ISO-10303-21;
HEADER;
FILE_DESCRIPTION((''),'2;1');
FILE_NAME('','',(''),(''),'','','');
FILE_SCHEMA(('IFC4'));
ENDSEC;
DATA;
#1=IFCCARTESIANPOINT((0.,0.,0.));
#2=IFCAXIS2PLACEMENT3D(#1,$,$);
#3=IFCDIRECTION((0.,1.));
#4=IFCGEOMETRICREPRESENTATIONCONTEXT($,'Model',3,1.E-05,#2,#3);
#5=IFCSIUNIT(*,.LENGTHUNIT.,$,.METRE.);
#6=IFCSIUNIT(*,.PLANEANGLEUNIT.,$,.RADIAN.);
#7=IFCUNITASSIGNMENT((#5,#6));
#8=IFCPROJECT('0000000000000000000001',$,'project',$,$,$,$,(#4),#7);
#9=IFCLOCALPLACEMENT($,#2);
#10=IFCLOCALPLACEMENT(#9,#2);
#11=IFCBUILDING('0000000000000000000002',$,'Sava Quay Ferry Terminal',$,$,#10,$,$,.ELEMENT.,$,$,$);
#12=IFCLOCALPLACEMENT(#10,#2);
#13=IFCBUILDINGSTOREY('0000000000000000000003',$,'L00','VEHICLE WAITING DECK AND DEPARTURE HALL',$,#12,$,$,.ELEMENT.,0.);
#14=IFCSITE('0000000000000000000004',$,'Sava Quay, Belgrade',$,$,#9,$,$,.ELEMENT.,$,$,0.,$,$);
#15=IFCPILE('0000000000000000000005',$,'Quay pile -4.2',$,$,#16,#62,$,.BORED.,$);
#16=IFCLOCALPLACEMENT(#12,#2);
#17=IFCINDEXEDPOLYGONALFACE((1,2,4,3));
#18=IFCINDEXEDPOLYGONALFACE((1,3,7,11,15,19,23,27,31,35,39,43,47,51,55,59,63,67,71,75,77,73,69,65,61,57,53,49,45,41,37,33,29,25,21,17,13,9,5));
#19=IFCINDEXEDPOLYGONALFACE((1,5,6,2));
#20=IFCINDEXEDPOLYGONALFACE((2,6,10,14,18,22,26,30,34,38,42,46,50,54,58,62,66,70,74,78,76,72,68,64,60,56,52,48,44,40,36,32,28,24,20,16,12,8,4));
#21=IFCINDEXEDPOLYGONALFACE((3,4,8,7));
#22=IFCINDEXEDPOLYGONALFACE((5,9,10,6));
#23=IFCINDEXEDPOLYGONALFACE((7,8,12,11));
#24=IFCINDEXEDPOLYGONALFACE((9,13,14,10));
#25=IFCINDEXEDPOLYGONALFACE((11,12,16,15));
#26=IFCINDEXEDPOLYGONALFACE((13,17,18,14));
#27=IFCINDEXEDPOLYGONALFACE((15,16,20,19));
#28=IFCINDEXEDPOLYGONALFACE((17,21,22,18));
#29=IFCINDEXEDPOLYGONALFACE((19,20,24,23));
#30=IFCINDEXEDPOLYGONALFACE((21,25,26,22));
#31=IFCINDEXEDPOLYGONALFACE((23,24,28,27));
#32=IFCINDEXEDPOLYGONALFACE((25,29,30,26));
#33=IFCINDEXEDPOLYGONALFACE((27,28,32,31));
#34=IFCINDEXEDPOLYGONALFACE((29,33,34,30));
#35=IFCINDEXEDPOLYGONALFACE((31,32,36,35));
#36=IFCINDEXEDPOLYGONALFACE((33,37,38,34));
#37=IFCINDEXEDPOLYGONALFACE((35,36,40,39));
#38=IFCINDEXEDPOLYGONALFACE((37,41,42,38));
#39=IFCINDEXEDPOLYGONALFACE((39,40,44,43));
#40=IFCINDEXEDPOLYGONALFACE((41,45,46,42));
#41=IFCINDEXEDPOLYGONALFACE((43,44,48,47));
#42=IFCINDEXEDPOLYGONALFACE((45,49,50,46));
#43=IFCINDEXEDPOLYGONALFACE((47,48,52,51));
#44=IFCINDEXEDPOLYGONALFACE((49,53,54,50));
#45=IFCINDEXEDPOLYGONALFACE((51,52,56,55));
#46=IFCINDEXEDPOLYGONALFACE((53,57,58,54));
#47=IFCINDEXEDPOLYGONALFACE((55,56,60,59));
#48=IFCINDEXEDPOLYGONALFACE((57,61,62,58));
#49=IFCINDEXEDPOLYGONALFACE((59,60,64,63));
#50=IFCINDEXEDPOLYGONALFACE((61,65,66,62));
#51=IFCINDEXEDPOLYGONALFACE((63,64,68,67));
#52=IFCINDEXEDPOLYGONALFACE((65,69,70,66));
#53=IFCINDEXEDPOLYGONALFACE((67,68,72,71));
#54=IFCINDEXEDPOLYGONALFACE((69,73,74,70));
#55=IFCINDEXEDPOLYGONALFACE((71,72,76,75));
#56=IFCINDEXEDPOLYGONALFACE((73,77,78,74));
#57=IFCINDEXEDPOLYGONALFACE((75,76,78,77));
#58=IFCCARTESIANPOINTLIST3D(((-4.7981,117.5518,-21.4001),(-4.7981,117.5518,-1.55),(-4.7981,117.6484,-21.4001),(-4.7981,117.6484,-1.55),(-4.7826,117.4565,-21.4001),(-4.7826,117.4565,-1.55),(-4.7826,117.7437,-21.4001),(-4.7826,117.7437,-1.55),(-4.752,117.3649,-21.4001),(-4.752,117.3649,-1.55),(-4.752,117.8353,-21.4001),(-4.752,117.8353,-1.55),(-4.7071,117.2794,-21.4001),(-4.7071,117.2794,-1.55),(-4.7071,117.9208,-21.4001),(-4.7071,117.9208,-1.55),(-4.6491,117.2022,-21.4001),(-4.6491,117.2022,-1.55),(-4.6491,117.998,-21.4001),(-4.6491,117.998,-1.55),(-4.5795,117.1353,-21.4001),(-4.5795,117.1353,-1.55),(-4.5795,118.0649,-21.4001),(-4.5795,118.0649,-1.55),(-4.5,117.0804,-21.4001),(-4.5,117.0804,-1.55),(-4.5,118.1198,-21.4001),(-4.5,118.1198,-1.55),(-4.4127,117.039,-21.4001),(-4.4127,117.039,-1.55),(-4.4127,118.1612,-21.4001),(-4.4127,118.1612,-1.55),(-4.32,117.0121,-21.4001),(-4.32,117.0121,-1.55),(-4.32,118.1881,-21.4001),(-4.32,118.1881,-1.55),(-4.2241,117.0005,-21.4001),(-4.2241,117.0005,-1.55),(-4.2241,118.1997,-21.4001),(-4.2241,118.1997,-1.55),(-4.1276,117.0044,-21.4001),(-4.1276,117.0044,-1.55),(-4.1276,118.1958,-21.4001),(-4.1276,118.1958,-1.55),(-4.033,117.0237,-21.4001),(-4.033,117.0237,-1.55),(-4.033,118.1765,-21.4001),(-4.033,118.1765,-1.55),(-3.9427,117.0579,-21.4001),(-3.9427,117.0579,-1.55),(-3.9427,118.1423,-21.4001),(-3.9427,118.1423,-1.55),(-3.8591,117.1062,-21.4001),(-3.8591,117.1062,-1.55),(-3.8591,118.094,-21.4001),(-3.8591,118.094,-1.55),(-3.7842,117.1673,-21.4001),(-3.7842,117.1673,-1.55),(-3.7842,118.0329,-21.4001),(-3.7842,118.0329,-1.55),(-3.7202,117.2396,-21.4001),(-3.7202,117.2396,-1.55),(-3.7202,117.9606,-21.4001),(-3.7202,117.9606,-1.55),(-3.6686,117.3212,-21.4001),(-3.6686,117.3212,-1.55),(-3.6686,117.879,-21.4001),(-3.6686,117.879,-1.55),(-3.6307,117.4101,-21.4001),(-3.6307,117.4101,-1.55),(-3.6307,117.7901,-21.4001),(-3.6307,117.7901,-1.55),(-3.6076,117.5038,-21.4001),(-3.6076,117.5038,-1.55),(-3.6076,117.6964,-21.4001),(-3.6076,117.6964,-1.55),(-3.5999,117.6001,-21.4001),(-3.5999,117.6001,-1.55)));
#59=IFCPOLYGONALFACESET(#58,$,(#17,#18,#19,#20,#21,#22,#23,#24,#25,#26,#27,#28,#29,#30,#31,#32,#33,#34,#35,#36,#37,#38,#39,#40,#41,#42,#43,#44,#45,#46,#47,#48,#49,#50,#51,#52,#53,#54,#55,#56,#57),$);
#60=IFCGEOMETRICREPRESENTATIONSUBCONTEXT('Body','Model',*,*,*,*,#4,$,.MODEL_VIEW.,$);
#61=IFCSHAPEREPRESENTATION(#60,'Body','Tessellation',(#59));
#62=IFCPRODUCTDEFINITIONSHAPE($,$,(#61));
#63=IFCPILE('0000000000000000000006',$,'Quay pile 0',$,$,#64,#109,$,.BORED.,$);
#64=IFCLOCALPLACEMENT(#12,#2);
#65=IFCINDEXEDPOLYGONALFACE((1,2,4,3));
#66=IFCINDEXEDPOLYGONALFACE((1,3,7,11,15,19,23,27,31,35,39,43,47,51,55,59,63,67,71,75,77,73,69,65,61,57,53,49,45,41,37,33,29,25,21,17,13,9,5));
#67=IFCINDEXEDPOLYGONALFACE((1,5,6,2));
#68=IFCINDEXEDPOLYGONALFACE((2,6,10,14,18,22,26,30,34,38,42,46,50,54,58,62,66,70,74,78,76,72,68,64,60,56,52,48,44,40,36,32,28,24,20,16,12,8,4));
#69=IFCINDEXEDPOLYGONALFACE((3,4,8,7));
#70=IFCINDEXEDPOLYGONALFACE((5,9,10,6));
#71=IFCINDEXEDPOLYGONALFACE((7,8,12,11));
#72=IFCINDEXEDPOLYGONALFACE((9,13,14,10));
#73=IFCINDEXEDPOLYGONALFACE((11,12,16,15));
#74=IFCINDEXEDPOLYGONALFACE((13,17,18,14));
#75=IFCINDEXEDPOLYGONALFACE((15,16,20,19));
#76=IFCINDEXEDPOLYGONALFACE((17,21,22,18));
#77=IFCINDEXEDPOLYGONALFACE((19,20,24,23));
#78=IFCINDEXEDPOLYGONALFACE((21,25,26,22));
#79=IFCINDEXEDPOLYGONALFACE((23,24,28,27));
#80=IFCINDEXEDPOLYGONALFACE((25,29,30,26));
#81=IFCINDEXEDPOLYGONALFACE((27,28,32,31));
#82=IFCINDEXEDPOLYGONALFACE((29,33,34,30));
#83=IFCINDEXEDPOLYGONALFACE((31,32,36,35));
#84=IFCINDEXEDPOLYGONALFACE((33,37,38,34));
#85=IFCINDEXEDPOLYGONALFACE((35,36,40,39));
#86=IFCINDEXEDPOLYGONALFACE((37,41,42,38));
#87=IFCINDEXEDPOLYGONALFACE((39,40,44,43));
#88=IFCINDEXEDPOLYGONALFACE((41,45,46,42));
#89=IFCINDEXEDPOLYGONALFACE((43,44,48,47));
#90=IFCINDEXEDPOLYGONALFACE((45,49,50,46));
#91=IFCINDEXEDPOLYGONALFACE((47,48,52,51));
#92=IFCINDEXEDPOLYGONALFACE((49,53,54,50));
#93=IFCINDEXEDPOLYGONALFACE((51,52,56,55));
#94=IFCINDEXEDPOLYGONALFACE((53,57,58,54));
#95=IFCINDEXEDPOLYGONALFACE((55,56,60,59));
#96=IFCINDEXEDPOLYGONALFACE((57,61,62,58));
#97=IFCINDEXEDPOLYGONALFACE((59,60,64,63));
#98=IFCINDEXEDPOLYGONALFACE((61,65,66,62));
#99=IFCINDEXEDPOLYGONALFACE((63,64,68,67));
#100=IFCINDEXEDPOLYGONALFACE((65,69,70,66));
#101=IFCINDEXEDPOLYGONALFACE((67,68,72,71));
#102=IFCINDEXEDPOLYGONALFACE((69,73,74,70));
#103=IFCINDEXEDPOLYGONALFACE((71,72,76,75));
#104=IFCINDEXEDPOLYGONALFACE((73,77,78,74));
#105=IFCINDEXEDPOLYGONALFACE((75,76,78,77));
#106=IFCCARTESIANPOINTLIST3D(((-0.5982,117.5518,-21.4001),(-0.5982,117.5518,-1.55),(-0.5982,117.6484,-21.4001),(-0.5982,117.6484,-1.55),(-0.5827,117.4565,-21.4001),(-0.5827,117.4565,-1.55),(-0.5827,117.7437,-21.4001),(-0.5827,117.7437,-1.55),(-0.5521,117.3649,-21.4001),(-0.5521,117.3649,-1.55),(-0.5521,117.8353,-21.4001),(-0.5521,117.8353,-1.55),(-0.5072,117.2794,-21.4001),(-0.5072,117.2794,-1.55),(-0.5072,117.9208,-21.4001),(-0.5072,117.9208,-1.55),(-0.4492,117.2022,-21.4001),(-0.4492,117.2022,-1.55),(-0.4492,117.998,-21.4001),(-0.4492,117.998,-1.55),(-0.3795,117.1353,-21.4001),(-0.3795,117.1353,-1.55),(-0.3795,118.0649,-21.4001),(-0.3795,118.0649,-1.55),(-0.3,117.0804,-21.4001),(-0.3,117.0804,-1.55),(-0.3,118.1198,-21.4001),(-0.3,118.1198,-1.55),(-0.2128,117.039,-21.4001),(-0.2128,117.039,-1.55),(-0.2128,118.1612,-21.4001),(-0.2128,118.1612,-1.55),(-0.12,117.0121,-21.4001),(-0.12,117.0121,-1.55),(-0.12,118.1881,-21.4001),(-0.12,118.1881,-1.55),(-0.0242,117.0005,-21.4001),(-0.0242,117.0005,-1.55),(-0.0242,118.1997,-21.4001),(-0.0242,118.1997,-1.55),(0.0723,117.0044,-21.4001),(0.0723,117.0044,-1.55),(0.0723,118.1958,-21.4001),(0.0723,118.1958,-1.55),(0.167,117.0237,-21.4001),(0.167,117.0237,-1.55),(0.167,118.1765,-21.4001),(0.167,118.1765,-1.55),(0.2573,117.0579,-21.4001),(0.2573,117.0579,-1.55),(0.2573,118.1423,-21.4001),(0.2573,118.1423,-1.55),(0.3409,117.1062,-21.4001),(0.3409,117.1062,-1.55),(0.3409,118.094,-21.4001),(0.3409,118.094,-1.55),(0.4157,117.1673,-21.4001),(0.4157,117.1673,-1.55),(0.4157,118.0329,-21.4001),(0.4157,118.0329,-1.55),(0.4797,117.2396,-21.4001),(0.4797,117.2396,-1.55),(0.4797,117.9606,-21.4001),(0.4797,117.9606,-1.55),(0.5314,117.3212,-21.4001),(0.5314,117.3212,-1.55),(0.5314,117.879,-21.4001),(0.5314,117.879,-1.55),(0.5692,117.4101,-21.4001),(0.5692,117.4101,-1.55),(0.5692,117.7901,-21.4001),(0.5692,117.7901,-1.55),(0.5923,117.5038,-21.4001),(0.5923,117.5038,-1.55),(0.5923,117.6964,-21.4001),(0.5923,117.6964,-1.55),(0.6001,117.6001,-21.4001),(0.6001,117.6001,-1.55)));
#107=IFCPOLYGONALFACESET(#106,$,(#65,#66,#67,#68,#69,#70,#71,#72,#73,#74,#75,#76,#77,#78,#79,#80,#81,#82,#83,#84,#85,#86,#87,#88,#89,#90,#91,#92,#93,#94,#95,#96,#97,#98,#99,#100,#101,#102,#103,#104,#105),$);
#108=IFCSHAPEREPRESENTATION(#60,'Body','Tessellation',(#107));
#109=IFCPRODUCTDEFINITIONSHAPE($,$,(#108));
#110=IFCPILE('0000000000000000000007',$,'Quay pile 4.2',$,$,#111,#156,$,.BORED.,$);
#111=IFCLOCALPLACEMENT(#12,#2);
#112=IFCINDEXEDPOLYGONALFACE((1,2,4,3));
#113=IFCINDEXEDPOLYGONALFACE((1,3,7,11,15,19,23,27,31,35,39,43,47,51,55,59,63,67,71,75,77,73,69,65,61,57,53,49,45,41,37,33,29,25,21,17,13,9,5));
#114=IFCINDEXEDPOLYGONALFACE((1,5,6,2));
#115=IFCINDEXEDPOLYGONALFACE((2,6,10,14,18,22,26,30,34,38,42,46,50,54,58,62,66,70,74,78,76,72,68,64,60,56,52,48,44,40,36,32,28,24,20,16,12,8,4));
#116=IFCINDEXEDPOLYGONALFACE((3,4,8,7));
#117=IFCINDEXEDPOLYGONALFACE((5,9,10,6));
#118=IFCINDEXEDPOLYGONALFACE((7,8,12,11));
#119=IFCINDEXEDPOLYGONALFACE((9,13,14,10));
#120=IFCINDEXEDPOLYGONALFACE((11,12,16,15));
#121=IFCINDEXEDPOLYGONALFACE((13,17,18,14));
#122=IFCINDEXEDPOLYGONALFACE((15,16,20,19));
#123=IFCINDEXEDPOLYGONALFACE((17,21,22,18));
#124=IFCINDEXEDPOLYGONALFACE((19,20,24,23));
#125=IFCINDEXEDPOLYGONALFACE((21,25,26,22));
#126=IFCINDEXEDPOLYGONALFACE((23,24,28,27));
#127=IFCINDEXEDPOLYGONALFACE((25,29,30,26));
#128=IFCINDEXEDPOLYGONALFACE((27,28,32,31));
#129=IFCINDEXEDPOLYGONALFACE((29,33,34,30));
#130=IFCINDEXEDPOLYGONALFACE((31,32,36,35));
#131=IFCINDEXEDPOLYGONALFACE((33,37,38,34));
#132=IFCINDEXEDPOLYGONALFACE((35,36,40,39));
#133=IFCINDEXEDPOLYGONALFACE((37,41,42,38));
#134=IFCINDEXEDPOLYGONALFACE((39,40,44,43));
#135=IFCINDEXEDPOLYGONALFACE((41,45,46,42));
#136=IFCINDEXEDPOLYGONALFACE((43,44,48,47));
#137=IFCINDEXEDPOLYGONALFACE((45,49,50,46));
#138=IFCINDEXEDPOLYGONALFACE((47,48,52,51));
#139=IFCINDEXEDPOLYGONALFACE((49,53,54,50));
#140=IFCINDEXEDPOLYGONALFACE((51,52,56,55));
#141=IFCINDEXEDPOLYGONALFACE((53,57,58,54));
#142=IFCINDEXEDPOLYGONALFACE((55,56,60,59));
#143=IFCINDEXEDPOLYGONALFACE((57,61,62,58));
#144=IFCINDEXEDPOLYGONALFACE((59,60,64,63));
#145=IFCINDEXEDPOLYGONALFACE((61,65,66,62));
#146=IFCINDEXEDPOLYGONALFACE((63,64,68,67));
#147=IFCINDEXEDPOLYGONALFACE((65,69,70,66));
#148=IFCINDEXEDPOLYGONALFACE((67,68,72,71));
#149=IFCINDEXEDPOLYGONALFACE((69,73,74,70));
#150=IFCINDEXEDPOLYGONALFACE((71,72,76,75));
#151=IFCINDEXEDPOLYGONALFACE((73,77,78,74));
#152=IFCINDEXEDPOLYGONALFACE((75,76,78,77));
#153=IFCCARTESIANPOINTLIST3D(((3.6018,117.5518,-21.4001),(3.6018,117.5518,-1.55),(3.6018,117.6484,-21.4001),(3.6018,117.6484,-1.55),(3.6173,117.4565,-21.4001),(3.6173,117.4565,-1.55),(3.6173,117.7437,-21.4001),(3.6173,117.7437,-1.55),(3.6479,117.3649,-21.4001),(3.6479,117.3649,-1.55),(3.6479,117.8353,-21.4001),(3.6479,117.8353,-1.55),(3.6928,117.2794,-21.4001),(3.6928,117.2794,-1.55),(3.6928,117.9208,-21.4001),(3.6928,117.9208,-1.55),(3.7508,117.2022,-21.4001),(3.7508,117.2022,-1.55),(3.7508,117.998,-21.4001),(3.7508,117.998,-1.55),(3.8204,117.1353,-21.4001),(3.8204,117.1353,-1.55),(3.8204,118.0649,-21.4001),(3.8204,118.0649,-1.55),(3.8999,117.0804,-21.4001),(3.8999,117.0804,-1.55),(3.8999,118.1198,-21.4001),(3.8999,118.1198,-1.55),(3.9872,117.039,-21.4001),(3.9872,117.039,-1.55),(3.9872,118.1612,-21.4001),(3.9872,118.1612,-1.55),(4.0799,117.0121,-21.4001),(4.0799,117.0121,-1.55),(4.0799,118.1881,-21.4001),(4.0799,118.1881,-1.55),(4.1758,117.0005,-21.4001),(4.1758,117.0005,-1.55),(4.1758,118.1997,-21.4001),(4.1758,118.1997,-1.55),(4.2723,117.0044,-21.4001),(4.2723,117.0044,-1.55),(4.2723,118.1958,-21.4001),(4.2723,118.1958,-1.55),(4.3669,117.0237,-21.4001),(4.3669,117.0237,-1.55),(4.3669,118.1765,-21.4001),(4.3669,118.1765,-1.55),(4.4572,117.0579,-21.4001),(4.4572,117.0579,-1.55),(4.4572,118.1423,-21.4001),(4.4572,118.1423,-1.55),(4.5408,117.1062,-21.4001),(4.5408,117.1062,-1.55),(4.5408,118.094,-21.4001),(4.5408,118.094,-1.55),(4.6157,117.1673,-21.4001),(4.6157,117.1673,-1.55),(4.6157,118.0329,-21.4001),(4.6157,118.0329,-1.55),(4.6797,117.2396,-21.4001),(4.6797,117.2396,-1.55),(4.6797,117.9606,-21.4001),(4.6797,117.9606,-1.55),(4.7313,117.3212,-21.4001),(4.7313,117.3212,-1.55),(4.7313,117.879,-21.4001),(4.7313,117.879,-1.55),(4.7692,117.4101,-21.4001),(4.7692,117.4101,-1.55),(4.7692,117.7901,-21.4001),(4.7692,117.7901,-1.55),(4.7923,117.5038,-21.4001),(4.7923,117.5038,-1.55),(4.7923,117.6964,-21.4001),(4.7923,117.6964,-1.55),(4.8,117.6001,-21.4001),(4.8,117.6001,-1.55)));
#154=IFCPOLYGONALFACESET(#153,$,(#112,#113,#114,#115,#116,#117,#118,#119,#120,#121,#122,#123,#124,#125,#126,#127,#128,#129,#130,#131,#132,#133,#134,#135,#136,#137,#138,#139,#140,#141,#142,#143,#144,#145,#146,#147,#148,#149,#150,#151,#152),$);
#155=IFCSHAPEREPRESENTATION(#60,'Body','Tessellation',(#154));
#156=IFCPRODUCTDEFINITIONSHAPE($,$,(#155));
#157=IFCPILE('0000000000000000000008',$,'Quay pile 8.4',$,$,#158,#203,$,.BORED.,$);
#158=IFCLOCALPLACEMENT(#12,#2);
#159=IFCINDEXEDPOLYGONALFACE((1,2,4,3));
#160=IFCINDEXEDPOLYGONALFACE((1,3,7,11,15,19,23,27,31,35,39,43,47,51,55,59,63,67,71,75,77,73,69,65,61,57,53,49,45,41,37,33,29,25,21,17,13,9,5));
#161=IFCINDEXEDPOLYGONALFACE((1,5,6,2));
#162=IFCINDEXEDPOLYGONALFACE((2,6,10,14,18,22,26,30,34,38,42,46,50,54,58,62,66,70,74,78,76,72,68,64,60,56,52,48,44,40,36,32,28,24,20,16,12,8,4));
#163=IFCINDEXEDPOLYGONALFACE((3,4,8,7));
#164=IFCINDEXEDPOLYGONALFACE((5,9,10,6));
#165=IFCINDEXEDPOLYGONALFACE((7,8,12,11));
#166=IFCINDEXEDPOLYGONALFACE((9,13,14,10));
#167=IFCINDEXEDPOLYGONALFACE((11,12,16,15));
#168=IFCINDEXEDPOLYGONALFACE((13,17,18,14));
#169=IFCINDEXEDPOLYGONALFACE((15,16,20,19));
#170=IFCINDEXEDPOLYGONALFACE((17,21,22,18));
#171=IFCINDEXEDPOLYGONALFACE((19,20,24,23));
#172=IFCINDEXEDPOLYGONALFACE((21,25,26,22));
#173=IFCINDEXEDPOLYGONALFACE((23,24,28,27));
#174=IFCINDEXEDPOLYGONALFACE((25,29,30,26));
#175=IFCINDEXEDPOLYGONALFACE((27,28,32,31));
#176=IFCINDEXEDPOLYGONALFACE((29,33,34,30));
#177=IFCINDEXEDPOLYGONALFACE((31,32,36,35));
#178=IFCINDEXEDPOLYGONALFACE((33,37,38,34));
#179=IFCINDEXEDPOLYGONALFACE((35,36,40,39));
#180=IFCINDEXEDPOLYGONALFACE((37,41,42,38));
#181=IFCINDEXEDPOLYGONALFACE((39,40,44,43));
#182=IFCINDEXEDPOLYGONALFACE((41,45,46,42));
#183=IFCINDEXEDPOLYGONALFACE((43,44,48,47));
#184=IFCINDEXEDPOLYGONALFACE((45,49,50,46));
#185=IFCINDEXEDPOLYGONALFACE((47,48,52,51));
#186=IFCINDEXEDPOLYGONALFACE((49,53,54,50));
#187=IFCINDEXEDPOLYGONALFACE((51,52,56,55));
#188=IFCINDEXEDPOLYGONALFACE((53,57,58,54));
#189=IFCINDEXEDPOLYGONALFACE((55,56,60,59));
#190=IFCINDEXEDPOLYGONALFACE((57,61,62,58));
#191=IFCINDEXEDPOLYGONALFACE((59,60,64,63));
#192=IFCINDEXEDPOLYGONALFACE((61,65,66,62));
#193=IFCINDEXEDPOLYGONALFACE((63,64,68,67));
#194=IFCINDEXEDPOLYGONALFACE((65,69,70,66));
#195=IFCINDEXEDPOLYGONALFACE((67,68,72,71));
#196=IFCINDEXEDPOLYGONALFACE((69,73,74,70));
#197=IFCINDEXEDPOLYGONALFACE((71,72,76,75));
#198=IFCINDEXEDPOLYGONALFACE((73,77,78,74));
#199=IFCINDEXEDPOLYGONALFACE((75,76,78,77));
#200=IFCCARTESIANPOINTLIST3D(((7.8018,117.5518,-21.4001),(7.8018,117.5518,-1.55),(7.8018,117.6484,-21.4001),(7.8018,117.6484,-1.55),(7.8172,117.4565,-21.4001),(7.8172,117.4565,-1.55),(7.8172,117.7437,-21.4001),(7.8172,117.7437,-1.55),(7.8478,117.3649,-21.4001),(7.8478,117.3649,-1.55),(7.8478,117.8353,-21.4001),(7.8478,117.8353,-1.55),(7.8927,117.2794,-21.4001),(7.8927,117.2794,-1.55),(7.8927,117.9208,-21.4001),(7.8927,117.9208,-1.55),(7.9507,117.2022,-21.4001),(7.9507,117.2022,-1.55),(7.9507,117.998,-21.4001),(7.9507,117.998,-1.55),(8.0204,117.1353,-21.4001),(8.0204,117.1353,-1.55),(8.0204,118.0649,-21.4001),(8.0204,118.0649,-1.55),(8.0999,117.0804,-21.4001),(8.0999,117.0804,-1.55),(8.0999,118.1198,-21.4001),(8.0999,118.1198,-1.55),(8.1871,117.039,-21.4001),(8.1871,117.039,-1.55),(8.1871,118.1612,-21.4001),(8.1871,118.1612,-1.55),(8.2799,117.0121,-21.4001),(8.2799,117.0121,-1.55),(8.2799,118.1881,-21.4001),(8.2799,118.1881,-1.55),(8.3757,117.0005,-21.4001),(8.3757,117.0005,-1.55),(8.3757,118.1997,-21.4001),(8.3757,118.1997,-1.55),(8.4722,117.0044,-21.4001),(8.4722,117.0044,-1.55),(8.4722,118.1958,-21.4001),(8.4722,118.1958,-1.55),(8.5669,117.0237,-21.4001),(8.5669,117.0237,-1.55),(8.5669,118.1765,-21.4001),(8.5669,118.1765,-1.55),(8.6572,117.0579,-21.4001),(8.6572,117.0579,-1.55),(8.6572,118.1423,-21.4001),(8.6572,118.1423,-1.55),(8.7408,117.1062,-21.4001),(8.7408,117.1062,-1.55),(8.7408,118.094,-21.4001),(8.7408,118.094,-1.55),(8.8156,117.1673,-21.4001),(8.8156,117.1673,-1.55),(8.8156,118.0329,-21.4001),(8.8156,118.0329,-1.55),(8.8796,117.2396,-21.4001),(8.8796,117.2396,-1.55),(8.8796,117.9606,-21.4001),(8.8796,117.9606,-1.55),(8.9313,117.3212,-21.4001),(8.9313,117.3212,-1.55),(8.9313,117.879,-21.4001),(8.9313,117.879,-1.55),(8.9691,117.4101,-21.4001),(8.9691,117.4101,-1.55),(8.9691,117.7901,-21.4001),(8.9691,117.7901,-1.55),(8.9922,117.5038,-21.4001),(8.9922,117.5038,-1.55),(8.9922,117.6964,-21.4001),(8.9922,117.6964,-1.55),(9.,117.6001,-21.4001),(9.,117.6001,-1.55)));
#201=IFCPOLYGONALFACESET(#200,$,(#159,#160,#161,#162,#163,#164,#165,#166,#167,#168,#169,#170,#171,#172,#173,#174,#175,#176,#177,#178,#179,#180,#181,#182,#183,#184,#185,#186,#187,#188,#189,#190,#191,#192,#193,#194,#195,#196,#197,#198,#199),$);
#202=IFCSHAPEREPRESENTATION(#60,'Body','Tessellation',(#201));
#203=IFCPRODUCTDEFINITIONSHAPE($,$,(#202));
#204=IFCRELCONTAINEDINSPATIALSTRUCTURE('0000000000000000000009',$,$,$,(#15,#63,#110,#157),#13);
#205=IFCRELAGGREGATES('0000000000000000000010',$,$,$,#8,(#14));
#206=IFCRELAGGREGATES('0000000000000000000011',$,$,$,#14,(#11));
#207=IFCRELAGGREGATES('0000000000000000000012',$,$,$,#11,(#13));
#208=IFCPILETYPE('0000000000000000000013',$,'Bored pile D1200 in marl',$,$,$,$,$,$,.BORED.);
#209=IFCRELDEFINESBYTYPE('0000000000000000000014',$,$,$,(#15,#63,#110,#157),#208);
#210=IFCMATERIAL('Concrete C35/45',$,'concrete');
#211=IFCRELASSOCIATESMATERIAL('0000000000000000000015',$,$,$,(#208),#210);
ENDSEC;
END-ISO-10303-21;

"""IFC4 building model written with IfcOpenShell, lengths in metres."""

from ifc_helpers import new_model, si_unit, direction, frame, origin, origin_2d, place, context, subcontext, project, spatial, circle, extrude, material, material_profile, profile_set, type_object, element, save


model = new_model("IFC4")

# Units and contexts
model_context = context("Model", 3, precision=1e-05, world=origin(), true_north=direction((0.0, 1.0)))
body_context = subcontext(model_context, "Body", "Model", "MODEL_VIEW")
ifc_project = project(units=[si_unit("LENGTHUNIT", "METRE"), si_unit("PLANEANGLEUNIT", "RADIAN")], contexts=[model_context])

# Site, building, storey
site_placement = place(None, origin())
site = spatial("IfcSite", under=ifc_project, at=site_placement, Name="Sava Quay, Belgrade", CompositionType="ELEMENT", RefElevation=0.0)
building_placement = place(site_placement, origin())
building = spatial("IfcBuilding", under=site, at=building_placement, Name="Sava Quay Ferry Terminal", CompositionType="ELEMENT")
storey_placement = place(building_placement, origin())
storey = spatial("IfcBuildingStorey", under=building, at=storey_placement, Name="L00", Description="VEHICLE WAITING DECK AND DEPARTURE HALL", CompositionType="ELEMENT", Elevation=0.0)

# Piles
ifc_material_1 = material(Name="Concrete C35/45", Category="concrete")
ifc_material_profile = material_profile(ifc_material_1, circle(Radius=0.6001, at=origin_2d()), Name="Bored pile D1200 in marl")
ifc_profile_set = profile_set([ifc_material_profile], Name="Concrete C35/45")
pile_type = type_object("IfcPileType", Name="Bored pile D1200 in marl", PredefinedType="BORED", material=ifc_profile_set)
for number, where, z_axis, x_axis, name in (
    (1, (-4.2, 117.6001, -1.55), (0.0, 0.0, -1.0), (1.0, 0.0, 0.0), "Quay pile -4.2"),
    (2, (0.0, 117.6001, -1.55), (0.0, 0.0, -1.0), (1.0, 0.0, 0.0), "Quay pile 0"),
    (3, (4.2, 117.6001, -1.55), (0.0, 0.0, -1.0), (1.0, 0.0, 0.0), "Quay pile 4.2"),
    (4, (8.3999, 117.6001, -1.55), (0.0, 0.0, -1.0), (1.0, 0.0, 0.0), "Quay pile 8.4"),
):
    element("IfcPile", number, at=place(storey_placement, frame(where, z_axis=z_axis, x_axis=x_axis)), inside=storey, type_object=pile_type, Name=name, PredefinedType="BORED", context=body_context, shape_type="SweptSolid", body=[
        extrude(circle(Radius=0.6001, at=origin_2d()), origin(), (0.0, 0.0, 1.0), 19.8501),
    ])

save(model, "model.ifc")
